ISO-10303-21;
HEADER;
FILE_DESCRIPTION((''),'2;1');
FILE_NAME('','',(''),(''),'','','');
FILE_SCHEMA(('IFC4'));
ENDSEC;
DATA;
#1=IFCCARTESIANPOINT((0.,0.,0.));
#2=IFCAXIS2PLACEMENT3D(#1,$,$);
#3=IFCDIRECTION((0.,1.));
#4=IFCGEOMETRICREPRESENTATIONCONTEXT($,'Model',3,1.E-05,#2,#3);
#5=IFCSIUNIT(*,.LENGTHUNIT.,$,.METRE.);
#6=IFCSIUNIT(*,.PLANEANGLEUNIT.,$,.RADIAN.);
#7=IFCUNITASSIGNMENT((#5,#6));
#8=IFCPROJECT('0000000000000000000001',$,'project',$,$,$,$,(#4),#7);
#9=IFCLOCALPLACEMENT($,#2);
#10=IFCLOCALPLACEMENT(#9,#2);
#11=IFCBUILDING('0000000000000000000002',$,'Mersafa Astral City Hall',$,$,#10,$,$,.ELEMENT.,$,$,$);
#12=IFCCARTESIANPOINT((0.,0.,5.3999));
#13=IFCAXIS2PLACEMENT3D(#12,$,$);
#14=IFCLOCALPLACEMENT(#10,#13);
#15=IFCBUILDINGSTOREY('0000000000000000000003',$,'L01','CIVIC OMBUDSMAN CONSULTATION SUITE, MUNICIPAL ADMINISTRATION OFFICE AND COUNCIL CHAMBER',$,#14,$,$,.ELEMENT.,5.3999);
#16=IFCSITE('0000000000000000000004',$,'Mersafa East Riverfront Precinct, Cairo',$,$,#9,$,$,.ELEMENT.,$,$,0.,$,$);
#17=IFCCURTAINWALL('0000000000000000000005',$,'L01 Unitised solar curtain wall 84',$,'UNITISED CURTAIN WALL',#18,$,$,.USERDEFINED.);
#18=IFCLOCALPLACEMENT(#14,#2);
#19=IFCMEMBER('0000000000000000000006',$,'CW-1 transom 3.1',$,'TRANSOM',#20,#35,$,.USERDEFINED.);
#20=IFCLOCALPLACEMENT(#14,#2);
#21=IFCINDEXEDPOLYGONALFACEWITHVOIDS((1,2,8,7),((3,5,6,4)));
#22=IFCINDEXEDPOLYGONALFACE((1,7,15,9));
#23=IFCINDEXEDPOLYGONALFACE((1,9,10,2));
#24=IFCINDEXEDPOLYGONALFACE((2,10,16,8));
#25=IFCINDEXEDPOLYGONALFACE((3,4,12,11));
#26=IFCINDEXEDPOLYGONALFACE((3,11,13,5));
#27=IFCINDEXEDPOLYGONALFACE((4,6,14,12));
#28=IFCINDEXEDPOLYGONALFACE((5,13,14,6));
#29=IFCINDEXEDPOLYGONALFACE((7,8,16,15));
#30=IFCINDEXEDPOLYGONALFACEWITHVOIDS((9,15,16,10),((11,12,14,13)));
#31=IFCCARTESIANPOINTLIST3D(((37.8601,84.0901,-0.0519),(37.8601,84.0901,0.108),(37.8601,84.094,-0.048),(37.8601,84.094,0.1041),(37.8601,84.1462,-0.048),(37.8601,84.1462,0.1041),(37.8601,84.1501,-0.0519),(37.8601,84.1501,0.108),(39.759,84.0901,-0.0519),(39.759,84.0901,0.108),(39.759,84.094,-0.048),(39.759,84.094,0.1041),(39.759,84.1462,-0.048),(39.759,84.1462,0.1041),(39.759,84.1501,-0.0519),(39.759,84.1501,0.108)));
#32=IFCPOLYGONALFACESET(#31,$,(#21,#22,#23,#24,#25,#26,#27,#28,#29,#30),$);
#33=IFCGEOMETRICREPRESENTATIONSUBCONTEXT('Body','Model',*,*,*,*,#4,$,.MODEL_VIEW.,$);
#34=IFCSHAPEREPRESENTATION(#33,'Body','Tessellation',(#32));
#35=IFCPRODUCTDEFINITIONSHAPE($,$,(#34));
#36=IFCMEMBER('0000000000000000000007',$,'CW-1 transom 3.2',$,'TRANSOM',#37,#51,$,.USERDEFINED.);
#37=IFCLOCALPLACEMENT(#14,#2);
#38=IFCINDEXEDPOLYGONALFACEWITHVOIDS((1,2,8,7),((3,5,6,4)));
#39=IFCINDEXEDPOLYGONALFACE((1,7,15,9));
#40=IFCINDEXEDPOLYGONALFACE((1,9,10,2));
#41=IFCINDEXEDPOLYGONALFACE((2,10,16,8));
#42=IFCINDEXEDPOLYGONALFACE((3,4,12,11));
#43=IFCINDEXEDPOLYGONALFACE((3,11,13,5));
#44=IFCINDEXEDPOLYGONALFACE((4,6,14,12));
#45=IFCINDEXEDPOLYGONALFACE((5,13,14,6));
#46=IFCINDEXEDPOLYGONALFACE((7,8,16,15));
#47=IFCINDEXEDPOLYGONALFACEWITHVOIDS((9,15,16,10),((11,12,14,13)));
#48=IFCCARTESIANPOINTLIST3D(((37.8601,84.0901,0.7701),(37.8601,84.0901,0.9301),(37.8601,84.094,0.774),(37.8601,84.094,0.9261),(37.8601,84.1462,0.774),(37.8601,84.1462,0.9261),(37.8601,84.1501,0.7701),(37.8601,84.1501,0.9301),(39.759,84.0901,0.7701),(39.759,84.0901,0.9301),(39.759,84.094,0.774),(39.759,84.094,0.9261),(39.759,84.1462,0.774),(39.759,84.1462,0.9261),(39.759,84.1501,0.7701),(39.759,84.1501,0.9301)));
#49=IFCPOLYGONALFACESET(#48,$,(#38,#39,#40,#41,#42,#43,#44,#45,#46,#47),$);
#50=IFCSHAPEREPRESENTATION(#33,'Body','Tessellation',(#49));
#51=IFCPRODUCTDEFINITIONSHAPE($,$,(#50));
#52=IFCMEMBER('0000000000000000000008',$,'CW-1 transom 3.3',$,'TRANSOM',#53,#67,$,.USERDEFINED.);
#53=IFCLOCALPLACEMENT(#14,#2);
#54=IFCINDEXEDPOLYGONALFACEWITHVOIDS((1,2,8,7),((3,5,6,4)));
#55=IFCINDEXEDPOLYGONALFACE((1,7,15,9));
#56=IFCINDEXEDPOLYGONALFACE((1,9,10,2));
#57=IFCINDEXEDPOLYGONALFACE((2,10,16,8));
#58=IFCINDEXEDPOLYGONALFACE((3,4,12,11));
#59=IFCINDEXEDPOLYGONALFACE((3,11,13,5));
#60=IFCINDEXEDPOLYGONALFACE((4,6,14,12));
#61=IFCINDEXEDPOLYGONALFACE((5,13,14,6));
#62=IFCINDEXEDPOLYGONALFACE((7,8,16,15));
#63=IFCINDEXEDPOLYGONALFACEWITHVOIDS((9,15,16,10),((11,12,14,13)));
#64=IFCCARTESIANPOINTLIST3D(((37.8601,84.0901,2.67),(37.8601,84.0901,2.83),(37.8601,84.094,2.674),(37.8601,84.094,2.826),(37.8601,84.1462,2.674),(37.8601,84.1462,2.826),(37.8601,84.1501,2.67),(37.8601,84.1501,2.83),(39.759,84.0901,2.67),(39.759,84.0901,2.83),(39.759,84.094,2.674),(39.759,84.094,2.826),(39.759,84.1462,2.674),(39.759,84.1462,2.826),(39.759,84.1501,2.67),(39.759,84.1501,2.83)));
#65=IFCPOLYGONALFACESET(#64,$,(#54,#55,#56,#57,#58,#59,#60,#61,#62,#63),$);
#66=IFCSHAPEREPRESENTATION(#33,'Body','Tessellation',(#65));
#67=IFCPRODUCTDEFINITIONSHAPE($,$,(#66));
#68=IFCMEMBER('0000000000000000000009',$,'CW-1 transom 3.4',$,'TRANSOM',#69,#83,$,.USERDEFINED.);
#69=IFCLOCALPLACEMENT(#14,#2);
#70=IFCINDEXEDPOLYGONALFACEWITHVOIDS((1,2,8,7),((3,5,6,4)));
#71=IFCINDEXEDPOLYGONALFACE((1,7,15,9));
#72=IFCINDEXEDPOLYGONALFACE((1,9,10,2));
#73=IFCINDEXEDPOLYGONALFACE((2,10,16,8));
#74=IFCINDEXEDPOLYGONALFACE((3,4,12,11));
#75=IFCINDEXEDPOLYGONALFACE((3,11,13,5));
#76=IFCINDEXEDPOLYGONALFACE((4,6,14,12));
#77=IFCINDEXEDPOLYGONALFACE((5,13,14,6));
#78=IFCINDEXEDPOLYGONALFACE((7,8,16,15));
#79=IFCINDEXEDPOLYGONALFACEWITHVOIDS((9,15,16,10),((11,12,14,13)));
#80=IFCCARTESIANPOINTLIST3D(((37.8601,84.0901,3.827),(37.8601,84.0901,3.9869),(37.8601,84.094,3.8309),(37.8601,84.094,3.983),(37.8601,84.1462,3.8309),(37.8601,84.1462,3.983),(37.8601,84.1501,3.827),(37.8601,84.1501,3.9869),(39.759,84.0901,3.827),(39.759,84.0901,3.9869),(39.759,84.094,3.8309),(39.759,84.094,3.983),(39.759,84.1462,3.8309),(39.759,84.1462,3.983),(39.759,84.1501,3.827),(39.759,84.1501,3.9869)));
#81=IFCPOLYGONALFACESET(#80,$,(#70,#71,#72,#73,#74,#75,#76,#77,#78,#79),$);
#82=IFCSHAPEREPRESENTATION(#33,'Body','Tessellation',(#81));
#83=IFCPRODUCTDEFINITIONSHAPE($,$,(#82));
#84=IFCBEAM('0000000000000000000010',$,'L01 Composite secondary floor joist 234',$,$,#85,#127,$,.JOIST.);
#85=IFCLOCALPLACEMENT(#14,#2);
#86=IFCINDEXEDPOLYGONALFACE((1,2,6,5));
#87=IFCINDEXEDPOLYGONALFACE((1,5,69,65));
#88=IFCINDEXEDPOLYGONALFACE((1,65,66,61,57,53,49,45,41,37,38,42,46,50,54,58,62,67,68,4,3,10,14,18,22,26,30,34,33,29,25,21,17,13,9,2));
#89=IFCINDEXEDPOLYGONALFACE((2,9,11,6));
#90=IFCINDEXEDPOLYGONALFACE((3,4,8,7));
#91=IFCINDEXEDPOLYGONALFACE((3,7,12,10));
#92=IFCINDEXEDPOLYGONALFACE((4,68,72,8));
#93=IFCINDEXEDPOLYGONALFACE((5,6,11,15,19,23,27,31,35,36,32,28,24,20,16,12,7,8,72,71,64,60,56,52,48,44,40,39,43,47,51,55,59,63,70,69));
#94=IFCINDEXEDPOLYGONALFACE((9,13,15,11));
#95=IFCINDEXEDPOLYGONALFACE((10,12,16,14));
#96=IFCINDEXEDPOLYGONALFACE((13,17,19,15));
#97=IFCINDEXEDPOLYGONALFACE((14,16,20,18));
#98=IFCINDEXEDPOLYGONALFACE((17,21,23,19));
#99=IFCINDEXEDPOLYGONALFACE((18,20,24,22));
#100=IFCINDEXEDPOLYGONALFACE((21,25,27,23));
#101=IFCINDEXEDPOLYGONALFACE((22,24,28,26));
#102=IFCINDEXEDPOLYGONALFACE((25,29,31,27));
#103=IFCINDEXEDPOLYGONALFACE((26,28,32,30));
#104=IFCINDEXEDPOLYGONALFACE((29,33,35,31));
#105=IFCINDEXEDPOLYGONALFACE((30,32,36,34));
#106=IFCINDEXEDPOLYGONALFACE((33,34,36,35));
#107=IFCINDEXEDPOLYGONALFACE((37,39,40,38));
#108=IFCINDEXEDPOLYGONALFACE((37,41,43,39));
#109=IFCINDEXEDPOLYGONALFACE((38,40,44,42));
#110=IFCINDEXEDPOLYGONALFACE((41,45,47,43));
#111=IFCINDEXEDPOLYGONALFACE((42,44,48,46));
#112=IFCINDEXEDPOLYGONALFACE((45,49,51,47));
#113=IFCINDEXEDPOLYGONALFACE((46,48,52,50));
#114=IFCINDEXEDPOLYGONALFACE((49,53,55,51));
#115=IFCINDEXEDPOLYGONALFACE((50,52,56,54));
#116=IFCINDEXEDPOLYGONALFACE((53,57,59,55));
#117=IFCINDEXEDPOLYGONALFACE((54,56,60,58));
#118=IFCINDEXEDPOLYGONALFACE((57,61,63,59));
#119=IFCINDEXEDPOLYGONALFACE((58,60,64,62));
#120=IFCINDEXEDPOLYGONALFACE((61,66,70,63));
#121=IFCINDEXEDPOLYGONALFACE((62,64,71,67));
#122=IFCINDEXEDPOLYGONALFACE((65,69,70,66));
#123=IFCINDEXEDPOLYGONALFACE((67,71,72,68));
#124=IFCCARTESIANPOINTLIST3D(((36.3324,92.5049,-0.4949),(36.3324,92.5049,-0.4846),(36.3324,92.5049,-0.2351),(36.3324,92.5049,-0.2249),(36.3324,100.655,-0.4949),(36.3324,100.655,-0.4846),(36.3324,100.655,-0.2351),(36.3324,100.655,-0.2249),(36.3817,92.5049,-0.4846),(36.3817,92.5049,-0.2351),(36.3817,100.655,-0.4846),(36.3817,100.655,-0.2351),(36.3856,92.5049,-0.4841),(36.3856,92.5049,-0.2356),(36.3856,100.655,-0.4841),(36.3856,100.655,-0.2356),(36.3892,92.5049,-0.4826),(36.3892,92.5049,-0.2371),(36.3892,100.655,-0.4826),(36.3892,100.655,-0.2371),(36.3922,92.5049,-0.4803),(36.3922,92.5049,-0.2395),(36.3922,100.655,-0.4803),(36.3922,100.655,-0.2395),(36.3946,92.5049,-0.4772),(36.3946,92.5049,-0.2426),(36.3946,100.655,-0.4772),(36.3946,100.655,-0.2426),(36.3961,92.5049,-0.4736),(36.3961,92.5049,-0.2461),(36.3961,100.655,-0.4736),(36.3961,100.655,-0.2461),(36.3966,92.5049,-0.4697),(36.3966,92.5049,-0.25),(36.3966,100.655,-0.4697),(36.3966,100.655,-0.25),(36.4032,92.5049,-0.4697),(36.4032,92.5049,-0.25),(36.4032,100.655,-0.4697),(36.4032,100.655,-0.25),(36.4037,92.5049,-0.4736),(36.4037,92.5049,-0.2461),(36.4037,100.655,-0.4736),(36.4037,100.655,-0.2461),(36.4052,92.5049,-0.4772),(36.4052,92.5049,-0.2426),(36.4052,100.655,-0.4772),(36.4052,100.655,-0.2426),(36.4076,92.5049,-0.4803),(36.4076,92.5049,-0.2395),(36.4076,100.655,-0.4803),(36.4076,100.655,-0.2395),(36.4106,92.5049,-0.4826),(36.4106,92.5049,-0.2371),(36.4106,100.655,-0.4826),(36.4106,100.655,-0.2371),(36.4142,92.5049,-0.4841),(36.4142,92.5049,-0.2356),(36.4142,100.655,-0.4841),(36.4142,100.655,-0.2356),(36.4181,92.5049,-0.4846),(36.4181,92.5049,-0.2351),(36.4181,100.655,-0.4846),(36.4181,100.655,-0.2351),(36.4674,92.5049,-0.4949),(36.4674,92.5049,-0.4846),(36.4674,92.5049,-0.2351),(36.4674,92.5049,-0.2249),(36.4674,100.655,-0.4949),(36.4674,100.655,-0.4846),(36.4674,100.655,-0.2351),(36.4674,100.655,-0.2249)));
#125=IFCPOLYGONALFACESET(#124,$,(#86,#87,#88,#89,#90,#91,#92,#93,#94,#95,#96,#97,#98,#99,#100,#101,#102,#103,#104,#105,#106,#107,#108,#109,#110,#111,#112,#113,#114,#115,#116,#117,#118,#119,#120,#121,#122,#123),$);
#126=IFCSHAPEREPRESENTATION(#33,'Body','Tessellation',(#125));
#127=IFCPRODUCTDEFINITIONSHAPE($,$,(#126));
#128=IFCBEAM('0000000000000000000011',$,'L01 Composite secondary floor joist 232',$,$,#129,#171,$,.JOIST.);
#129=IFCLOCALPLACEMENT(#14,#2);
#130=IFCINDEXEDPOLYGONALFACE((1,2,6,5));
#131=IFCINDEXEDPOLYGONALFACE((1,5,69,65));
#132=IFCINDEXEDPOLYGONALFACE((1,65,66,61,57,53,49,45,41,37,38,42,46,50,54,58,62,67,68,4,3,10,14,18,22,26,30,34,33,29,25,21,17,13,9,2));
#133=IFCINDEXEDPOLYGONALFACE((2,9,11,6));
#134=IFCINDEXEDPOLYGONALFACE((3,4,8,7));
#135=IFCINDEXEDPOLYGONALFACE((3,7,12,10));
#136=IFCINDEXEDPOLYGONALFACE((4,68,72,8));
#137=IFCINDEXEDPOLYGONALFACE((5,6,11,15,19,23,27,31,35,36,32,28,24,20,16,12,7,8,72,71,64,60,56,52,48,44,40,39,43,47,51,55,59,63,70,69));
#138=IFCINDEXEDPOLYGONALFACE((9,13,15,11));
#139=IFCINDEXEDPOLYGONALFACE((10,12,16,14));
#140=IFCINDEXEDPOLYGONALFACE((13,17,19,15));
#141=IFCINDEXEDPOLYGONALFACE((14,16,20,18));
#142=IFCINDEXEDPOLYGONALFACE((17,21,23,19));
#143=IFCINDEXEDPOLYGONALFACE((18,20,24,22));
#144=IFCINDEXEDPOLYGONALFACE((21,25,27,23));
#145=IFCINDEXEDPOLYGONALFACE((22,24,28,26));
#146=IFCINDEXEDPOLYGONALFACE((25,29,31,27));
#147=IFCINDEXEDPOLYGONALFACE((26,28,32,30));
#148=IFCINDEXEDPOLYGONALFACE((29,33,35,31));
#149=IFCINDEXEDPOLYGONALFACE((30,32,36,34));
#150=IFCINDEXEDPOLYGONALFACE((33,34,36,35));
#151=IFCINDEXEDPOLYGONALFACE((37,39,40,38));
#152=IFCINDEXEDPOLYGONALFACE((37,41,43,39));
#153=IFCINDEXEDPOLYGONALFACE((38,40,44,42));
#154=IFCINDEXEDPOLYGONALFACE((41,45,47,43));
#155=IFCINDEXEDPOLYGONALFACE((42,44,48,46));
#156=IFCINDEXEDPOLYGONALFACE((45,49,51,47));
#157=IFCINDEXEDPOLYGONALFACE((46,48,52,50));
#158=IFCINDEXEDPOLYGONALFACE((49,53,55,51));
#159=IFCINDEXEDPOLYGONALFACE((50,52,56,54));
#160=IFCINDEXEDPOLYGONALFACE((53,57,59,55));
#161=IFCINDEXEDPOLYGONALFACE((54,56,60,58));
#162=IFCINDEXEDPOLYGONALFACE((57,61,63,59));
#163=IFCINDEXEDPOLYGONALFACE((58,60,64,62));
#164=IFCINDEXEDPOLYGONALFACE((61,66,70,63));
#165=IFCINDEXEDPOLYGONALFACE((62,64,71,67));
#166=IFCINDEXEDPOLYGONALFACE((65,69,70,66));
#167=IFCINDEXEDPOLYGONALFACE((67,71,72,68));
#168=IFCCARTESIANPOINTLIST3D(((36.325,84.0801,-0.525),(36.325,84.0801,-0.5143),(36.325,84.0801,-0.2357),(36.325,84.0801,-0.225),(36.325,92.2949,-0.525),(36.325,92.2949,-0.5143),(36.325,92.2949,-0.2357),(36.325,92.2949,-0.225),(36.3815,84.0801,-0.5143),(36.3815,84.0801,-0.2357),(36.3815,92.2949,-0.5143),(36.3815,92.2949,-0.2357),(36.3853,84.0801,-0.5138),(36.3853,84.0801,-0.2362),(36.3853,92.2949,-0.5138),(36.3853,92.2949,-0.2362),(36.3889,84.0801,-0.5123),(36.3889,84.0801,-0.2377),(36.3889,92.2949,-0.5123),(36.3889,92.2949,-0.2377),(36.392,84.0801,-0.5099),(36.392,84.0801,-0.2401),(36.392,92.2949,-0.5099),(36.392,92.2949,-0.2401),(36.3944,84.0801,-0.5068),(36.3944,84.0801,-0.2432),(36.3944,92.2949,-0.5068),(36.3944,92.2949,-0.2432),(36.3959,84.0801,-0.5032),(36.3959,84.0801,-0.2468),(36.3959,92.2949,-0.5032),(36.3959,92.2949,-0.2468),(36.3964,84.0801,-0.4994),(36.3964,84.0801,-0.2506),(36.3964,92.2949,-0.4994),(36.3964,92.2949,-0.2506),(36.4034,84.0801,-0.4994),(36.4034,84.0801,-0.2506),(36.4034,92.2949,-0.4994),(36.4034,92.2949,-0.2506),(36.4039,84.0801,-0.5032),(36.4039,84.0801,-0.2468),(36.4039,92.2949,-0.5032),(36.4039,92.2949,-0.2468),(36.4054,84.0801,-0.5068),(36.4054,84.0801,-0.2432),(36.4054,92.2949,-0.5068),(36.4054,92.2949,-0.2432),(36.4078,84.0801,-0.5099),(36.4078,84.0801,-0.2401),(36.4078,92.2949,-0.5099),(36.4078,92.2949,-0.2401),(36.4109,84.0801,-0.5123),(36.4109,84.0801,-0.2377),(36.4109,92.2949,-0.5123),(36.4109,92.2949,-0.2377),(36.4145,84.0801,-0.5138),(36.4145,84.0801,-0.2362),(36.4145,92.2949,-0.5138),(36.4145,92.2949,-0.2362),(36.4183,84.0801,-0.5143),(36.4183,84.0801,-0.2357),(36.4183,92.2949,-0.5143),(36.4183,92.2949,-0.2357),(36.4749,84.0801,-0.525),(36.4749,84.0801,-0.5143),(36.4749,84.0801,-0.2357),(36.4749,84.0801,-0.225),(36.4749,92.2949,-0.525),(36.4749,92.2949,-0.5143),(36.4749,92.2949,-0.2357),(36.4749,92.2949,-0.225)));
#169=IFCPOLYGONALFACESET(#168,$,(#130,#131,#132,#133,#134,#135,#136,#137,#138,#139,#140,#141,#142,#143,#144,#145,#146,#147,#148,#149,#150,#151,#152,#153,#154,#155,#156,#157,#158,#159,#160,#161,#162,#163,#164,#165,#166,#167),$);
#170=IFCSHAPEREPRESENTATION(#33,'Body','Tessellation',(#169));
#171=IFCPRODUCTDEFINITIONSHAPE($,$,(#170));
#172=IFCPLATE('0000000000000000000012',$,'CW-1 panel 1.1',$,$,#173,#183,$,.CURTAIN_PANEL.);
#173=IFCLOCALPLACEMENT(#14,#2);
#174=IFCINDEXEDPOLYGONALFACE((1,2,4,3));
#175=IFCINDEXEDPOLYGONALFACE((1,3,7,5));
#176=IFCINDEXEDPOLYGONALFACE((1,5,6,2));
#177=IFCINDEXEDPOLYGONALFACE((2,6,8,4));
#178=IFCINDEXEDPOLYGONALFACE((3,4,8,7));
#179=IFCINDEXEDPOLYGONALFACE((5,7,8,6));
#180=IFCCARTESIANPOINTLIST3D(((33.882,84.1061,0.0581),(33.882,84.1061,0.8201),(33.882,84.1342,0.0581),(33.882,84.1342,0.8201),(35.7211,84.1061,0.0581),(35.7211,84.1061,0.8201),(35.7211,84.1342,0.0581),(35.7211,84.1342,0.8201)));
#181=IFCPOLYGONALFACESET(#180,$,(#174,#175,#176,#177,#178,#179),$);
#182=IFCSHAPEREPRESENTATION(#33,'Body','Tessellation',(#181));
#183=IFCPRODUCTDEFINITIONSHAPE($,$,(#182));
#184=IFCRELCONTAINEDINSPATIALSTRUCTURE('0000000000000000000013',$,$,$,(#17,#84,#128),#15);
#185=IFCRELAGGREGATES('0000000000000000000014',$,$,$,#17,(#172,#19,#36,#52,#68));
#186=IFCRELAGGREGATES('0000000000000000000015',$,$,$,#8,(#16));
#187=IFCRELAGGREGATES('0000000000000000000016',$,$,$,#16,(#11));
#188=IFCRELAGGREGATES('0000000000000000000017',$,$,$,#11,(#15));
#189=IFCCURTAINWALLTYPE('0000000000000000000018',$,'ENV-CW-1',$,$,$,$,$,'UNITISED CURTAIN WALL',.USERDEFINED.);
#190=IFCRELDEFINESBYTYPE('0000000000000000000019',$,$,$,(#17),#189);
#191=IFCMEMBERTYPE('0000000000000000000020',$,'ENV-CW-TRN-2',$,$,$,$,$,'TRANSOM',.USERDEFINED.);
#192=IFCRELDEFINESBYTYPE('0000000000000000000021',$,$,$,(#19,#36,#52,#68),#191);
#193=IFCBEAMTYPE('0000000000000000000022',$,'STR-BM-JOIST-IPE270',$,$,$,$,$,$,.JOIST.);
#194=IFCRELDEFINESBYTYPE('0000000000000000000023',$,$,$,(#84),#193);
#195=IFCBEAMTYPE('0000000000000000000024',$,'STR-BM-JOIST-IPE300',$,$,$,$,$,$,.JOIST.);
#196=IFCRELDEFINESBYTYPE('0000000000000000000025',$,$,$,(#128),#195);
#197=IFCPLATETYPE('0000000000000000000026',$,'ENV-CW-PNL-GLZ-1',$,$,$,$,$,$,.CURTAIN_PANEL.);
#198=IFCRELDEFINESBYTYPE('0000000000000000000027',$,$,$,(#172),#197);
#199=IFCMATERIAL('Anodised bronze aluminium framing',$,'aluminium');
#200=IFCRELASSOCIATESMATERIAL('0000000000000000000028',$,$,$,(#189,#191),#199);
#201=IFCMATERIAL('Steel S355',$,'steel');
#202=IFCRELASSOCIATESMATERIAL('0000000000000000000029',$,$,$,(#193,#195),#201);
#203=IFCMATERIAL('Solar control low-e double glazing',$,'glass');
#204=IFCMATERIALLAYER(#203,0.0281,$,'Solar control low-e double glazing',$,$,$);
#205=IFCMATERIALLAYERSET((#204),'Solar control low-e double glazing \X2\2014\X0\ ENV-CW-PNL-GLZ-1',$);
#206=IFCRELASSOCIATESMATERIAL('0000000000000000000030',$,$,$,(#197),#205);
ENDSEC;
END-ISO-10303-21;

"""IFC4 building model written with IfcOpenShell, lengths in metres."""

from ifc_helpers import new_model, si_unit, direction, frame, origin, origin_2d, place, context, subcontext, project, spatial, rectangle, hollow_rectangle, i_section, extrude, material, layer, layer_set, material_profile, profile_set, type_object, element, aggregate, save


model = new_model("IFC4")

# Units and contexts
model_context = context("Model", 3, precision=1e-05, world=origin(), true_north=direction((0.0, 1.0)))
body_context = subcontext(model_context, "Body", "Model", "MODEL_VIEW")
ifc_project = project(units=[si_unit("LENGTHUNIT", "METRE"), si_unit("PLANEANGLEUNIT", "RADIAN")], contexts=[model_context])

# Site, building, storey
site_placement = place(None, origin())
site = spatial("IfcSite", under=ifc_project, at=site_placement, Name="Mersafa East Riverfront Precinct, Cairo", CompositionType="ELEMENT", RefElevation=0.0)
building_placement = place(site_placement, origin())
building = spatial("IfcBuilding", under=site, at=building_placement, Name="Mersafa Astral City Hall", CompositionType="ELEMENT")
storey_placement = place(building_placement, frame((0.0, 0.0, 5.3999)))
storey = spatial("IfcBuildingStorey", under=building, at=storey_placement, Name="L01", Description="CIVIC OMBUDSMAN CONSULTATION SUITE, MUNICIPAL ADMINISTRATION OFFICE AND COUNCIL CHAMBER", CompositionType="ELEMENT", Elevation=5.3999)

# Curtain wall, members
ifc_material_1 = material(Name="Anodised bronze aluminium framing", Category="aluminium")
curtain_wall_type = type_object("IfcCurtainWallType", Name="ENV-CW-1", ElementType="UNITISED CURTAIN WALL", PredefinedType="USERDEFINED", material=ifc_material_1)
curtain_wall_placement = place(storey_placement, origin())
curtain_wall = element("IfcCurtainWall", 1, at=curtain_wall_placement, inside=storey, type_object=curtain_wall_type, Name="L01 Unitised solar curtain wall 84", ObjectType="UNITISED CURTAIN WALL", PredefinedType="USERDEFINED")
ifc_material_profile_1 = material_profile(ifc_material_1, hollow_rectangle(XDim=0.0601, YDim=0.1599, WallThickness=0.0039, at=origin_2d()), Name="RHS 60x160x4")
ifc_profile_set_1 = profile_set([ifc_material_profile_1], Name="Anodised bronze aluminium framing")
member_type_1 = type_object("IfcMemberType", Name="ENV-CW-TRN-2", ElementType="TRANSOM", PredefinedType="USERDEFINED", material=ifc_profile_set_1)
member_1_placement = place(storey_placement, frame((37.8601, 84.1201, 0.0281), z_axis=(1.0, 0.0, 0.0), x_axis=(0.0, 1.0, 0.0)))
member_1 = element("IfcMember", 2, at=member_1_placement, type_object=member_type_1, Name="CW-1 transom 3.1", ObjectType="TRANSOM", PredefinedType="USERDEFINED", context=body_context, shape_type="SweptSolid", body=[
    extrude(hollow_rectangle(XDim=0.0601, YDim=0.1599, WallThickness=0.0039, at=origin_2d()), origin(), (0.0, 0.0, 1.0), 1.8989),
])
member_2_placement = place(storey_placement, frame((37.8601, 84.1201, 0.8501), z_axis=(1.0, 0.0, 0.0), x_axis=(0.0, 1.0, 0.0)))
member_2 = element("IfcMember", 3, at=member_2_placement, type_object=member_type_1, Name="CW-1 transom 3.2", ObjectType="TRANSOM", PredefinedType="USERDEFINED", context=body_context, shape_type="SweptSolid", body=[
    extrude(hollow_rectangle(XDim=0.0601, YDim=0.1599, WallThickness=0.0039, at=origin_2d()), origin(), (0.0, 0.0, 1.0), 1.8989),
])
member_3_placement = place(storey_placement, frame((37.8601, 84.1201, 2.75), z_axis=(1.0, 0.0, 0.0), x_axis=(0.0, 1.0, 0.0)))
member_3 = element("IfcMember", 4, at=member_3_placement, type_object=member_type_1, Name="CW-1 transom 3.3", ObjectType="TRANSOM", PredefinedType="USERDEFINED", context=body_context, shape_type="SweptSolid", body=[
    extrude(hollow_rectangle(XDim=0.0601, YDim=0.1599, WallThickness=0.0039, at=origin_2d()), origin(), (0.0, 0.0, 1.0), 1.8989),
])
member_4_placement = place(storey_placement, frame((37.8601, 84.1201, 3.907), z_axis=(1.0, 0.0, 0.0), x_axis=(0.0, 1.0, 0.0)))
member_4 = element("IfcMember", 5, at=member_4_placement, type_object=member_type_1, Name="CW-1 transom 3.4", ObjectType="TRANSOM", PredefinedType="USERDEFINED", context=body_context, shape_type="SweptSolid", body=[
    extrude(hollow_rectangle(XDim=0.0601, YDim=0.1599, WallThickness=0.0039, at=origin_2d()), origin(), (0.0, 0.0, 1.0), 1.8989),
])

# Beams
ifc_material_2 = material(Name="Steel S355", Category="steel")
ifc_material_profile_2 = material_profile(ifc_material_2, i_section(OverallWidth=0.135, OverallDepth=0.27, WebThickness=0.0066, FlangeThickness=0.0103, FilletRadius=0.0149, at=origin_2d()), Name="IPE 270")
ifc_profile_set_2 = profile_set([ifc_material_profile_2], Name="Steel S355")
beam_type_1 = type_object("IfcBeamType", Name="STR-BM-JOIST-IPE270", PredefinedType="JOIST", material=ifc_profile_set_2)
beam_1_placement = place(storey_placement, frame((36.3999, 92.5049, -0.3599), z_axis=(0.0, 1.0, 0.0), x_axis=(-1.0, 0.0, 0.0)))
element("IfcBeam", 6, at=beam_1_placement, inside=storey, type_object=beam_type_1, Name="L01 Composite secondary floor joist 234", PredefinedType="JOIST", context=body_context, shape_type="SweptSolid", body=[
    extrude(i_section(OverallWidth=0.135, OverallDepth=0.27, WebThickness=0.0066, FlangeThickness=0.0103, FilletRadius=0.0149, at=origin_2d()), origin(), (0.0, 0.0, 1.0), 8.1501),
])
ifc_material_profile_3 = material_profile(ifc_material_2, i_section(OverallWidth=0.1499, OverallDepth=0.3, WebThickness=0.0071, FlangeThickness=0.0107, FilletRadius=0.0149, at=origin_2d()), Name="IPE 300")
ifc_profile_set_3 = profile_set([ifc_material_profile_3], Name="Steel S355")
beam_type_2 = type_object("IfcBeamType", Name="STR-BM-JOIST-IPE300", PredefinedType="JOIST", material=ifc_profile_set_3)
beam_2_placement = place(storey_placement, frame((36.3999, 84.0801, -0.375), z_axis=(0.0, 1.0, 0.0), x_axis=(-1.0, 0.0, 0.0)))
element("IfcBeam", 7, at=beam_2_placement, inside=storey, type_object=beam_type_2, Name="L01 Composite secondary floor joist 232", PredefinedType="JOIST", context=body_context, shape_type="SweptSolid", body=[
    extrude(i_section(OverallWidth=0.1499, OverallDepth=0.3, WebThickness=0.0071, FlangeThickness=0.0107, FilletRadius=0.0149, at=origin_2d()), origin(), (0.0, 0.0, 1.0), 8.2148),
])

# Plate
ifc_material_3 = material(Name="Solar control low-e double glazing", Category="glass")
ifc_layer = layer(ifc_material_3, 0.0281, Name="Solar control low-e double glazing")
ifc_layer_set = layer_set([ifc_layer], Name="Solar control low-e double glazing — ENV-CW-PNL-GLZ-1")
plate_type = type_object("IfcPlateType", Name="ENV-CW-PNL-GLZ-1", PredefinedType="CURTAIN_PANEL", material=ifc_layer_set)
plate_1_placement = place(storey_placement, frame((34.8015, 84.1201, 0.0581), z_axis=(0.0, 0.0, 1.0), x_axis=(1.0, 0.0, 0.0)))
plate_1 = element("IfcPlate", 8, at=plate_1_placement, type_object=plate_type, Name="CW-1 panel 1.1", PredefinedType="CURTAIN_PANEL", context=body_context, shape_type="SweptSolid", body=[
    extrude(rectangle(XDim=1.8391, YDim=0.0281, at=origin_2d()), origin(), (0.0, 0.0, 1.0), 0.762),
])
aggregate(curtain_wall, [plate_1, member_1, member_2, member_3, member_4])

save(model, "model.ifc")
